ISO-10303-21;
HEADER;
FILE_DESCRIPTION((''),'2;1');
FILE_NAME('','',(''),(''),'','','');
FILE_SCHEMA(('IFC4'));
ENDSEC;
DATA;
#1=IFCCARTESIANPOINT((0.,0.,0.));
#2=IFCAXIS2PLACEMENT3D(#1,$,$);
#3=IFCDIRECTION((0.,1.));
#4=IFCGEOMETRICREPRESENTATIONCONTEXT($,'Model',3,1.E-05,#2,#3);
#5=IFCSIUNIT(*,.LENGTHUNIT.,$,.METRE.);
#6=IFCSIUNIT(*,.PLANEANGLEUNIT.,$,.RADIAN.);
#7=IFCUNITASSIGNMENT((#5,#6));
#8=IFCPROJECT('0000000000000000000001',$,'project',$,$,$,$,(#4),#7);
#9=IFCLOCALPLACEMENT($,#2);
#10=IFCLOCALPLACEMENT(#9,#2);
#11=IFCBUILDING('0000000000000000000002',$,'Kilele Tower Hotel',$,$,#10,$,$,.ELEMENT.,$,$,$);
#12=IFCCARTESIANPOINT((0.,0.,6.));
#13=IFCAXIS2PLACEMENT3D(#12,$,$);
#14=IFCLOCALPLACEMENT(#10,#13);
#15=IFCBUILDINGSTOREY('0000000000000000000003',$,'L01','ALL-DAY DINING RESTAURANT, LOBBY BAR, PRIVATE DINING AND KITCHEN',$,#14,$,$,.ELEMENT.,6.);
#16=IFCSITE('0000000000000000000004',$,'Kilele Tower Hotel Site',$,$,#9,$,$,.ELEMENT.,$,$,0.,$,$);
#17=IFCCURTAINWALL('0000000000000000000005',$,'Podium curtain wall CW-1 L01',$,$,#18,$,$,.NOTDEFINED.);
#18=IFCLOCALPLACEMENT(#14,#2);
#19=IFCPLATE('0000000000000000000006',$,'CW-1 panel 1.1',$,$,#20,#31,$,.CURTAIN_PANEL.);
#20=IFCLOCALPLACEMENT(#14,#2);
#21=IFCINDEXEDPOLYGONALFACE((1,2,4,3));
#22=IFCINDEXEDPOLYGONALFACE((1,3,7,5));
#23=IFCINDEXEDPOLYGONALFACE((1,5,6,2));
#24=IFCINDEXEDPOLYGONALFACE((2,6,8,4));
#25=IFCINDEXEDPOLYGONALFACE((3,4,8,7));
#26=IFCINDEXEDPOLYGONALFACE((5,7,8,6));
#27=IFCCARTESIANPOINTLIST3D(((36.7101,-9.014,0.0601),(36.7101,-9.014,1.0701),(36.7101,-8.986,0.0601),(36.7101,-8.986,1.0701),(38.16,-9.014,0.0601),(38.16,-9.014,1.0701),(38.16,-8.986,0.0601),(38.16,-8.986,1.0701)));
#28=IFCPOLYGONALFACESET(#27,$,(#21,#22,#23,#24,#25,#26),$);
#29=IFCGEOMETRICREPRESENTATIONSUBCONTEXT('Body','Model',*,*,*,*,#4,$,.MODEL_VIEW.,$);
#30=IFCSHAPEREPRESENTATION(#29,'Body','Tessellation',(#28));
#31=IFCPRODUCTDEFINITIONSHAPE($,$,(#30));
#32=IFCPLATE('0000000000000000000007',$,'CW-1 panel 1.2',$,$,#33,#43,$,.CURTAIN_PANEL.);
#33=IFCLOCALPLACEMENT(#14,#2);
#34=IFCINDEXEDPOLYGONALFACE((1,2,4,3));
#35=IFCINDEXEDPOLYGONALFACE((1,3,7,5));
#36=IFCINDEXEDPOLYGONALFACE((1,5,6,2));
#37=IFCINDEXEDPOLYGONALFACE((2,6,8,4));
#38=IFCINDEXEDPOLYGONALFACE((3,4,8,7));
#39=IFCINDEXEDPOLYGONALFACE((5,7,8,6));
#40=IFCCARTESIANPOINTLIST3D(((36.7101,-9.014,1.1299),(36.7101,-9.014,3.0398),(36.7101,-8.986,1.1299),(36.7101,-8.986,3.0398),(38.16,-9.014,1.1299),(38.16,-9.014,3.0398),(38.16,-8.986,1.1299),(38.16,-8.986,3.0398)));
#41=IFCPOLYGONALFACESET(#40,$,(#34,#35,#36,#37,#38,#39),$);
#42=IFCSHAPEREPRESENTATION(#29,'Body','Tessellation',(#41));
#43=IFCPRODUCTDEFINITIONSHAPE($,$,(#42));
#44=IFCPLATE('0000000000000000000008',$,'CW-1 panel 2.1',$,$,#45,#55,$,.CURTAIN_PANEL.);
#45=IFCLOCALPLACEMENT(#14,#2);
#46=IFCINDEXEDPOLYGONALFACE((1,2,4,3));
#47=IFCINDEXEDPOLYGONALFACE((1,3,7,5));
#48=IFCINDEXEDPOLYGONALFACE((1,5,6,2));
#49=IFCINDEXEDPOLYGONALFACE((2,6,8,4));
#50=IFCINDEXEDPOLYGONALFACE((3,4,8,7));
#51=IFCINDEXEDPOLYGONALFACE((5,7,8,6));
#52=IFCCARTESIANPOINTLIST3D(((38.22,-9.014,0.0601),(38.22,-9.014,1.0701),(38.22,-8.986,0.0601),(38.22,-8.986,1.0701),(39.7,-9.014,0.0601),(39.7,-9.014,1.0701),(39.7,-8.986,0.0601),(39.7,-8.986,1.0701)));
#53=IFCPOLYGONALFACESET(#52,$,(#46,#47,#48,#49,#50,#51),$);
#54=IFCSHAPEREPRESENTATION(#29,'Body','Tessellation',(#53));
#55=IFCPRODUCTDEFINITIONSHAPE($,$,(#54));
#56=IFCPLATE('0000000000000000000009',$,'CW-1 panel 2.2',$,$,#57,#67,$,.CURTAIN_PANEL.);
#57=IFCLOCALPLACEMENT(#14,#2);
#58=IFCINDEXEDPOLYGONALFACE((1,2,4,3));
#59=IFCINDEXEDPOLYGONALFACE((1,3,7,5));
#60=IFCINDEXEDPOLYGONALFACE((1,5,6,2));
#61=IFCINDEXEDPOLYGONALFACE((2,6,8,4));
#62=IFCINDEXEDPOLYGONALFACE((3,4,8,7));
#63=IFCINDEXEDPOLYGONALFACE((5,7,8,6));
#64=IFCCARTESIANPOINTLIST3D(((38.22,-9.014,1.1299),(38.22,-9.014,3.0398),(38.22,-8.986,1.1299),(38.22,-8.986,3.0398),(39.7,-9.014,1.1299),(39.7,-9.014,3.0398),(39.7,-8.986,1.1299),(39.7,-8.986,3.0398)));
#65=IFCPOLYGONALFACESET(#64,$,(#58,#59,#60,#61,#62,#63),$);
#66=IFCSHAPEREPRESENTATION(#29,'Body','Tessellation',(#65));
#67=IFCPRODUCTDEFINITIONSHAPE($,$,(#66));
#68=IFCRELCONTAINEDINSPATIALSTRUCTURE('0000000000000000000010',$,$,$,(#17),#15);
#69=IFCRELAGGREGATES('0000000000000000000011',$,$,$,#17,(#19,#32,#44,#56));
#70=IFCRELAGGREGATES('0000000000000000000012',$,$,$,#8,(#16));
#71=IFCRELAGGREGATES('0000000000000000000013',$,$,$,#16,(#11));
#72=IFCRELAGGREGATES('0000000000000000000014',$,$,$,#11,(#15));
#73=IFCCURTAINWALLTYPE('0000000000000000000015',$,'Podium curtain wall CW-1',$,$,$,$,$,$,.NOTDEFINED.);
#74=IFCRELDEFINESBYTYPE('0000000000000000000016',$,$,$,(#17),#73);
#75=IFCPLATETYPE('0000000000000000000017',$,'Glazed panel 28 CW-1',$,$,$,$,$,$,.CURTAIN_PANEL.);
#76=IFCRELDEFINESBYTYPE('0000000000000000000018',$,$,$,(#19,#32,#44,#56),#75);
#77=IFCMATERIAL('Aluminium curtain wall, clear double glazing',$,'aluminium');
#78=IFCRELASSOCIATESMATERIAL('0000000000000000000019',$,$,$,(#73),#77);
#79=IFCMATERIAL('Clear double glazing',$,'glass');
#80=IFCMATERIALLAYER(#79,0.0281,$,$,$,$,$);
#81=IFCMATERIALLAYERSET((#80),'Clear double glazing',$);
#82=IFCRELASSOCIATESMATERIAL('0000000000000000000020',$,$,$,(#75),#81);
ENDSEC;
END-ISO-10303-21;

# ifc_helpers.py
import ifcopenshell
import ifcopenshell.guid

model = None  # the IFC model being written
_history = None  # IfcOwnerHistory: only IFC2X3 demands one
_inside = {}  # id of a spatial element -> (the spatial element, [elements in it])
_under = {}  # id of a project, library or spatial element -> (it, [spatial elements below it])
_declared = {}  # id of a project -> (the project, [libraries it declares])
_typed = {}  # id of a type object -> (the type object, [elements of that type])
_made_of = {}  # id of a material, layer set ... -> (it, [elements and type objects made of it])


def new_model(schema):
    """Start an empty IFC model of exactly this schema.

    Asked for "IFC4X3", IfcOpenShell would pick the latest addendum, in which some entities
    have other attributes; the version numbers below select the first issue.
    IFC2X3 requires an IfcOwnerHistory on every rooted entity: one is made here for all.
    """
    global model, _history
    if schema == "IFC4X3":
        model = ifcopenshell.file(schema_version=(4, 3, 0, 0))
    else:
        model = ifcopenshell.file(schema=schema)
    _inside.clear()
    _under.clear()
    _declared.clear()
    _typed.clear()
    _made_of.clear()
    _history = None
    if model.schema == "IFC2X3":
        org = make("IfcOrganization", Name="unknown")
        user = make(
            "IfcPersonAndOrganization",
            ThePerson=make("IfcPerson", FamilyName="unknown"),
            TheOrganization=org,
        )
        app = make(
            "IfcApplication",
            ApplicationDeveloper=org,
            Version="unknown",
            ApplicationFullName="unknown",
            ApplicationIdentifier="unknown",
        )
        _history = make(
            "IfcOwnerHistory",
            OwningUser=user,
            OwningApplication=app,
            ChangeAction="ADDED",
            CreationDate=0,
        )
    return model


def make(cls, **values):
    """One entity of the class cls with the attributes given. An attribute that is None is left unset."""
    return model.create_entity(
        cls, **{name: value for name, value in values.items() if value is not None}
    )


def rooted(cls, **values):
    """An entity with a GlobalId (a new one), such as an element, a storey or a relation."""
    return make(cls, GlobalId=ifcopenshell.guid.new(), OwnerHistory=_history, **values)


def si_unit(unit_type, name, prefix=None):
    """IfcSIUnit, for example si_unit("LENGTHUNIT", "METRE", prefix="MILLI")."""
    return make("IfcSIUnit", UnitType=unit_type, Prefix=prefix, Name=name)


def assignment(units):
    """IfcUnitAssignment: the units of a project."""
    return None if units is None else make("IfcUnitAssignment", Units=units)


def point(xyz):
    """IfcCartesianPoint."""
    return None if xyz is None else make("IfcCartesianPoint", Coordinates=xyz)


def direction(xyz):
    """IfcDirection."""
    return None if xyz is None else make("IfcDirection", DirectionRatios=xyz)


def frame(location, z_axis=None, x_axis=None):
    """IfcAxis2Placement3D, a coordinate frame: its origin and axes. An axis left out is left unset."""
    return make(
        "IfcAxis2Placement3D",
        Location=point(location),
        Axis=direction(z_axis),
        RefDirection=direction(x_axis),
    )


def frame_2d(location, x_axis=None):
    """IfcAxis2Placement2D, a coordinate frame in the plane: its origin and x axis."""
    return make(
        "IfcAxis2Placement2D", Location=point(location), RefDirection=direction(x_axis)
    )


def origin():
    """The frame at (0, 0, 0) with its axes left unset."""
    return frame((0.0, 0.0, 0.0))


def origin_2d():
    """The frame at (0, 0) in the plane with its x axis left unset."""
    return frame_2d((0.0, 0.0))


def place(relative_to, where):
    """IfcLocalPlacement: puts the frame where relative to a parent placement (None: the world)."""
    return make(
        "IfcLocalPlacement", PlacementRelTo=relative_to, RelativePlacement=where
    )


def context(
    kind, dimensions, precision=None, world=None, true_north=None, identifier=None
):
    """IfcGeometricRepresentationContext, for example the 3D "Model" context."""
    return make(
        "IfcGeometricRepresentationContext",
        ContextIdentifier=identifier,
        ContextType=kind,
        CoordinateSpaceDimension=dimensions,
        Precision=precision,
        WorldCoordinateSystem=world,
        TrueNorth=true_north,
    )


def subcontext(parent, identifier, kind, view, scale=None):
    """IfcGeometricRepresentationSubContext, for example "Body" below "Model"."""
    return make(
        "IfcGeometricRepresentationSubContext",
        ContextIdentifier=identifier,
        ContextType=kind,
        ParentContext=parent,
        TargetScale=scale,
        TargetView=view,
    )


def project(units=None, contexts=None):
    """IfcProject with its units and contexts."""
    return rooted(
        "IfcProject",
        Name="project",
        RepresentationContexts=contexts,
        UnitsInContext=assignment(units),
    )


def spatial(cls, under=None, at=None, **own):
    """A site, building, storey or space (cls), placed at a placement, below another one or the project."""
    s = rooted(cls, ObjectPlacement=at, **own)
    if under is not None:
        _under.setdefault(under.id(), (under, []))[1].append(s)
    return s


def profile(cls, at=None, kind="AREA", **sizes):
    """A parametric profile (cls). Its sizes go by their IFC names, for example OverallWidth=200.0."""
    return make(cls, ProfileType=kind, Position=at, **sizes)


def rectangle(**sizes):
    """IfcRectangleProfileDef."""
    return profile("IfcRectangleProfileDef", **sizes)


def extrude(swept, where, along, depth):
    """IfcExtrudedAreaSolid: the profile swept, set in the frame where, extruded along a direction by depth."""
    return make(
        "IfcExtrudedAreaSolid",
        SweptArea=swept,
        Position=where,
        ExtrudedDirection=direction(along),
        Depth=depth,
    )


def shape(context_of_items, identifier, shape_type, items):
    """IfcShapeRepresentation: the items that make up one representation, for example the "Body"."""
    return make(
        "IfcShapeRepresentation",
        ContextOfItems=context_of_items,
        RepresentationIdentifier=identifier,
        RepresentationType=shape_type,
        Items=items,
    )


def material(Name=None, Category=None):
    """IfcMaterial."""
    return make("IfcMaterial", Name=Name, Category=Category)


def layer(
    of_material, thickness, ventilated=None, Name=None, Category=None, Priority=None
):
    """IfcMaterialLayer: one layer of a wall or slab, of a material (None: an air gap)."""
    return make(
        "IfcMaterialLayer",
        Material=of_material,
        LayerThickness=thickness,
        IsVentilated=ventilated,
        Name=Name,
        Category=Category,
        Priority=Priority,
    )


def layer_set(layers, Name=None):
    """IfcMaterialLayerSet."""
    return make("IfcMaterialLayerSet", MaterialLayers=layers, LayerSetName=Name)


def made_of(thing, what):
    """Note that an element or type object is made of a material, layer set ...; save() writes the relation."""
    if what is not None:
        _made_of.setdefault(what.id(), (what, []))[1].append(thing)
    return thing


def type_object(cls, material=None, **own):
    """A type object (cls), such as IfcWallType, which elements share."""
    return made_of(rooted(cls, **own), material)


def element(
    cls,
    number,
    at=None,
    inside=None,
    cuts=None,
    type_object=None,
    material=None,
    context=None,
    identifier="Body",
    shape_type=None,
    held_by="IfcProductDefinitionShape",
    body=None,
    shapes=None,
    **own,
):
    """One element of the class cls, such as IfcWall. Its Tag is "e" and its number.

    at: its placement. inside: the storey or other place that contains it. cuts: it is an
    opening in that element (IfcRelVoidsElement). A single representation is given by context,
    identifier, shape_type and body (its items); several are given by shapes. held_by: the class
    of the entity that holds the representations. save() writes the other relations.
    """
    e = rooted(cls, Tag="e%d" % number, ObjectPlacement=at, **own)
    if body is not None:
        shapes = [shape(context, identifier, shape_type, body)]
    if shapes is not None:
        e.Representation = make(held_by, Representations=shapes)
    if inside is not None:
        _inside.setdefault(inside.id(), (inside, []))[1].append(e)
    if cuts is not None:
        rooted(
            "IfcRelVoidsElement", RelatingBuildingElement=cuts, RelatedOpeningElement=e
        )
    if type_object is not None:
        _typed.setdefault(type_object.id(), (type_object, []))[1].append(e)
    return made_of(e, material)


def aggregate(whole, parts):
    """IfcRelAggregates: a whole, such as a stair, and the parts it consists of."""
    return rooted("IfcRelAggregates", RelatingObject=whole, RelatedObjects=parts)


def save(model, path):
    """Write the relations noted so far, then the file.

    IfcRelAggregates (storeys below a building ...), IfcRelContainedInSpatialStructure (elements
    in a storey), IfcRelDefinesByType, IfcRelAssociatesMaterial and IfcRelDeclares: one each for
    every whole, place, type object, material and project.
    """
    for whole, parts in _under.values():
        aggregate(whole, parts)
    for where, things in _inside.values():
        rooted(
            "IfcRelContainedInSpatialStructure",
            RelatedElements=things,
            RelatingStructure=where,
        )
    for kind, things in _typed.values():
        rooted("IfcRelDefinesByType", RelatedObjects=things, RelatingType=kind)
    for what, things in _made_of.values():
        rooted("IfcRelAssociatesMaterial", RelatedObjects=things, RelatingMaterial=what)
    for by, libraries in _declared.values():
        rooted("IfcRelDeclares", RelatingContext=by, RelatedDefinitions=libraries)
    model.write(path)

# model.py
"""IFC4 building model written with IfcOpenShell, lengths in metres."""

from ifc_helpers import new_model, si_unit, direction, frame, origin, origin_2d, place, context, subcontext, project, spatial, rectangle, extrude, material, layer, layer_set, type_object, element, aggregate, save


model = new_model("IFC4")

# Units and contexts
model_context = context("Model", 3, precision=1e-05, world=origin(), true_north=direction((0.0, 1.0)))
body_context = subcontext(model_context, "Body", "Model", "MODEL_VIEW")
ifc_project = project(units=[si_unit("LENGTHUNIT", "METRE"), si_unit("PLANEANGLEUNIT", "RADIAN")], contexts=[model_context])

# Site, building, storey
site_placement = place(None, origin())
site = spatial("IfcSite", under=ifc_project, at=site_placement, Name="Kilele Tower Hotel Site", CompositionType="ELEMENT", RefElevation=0.0)
building_placement = place(site_placement, origin())
building = spatial("IfcBuilding", under=site, at=building_placement, Name="Kilele Tower Hotel", CompositionType="ELEMENT")
storey_placement = place(building_placement, frame((0.0, 0.0, 6.0)))
storey = spatial("IfcBuildingStorey", under=building, at=storey_placement, Name="L01", Description="ALL-DAY DINING RESTAURANT, LOBBY BAR, PRIVATE DINING AND KITCHEN", CompositionType="ELEMENT", Elevation=6.0)

# Curtain wall
ifc_material_1 = material(Name="Aluminium curtain wall, clear double glazing", Category="aluminium")
curtain_wall_type = type_object("IfcCurtainWallType", Name="Podium curtain wall CW-1", PredefinedType="NOTDEFINED", material=ifc_material_1)
curtain_wall_1_placement = place(storey_placement, origin())
curtain_wall_1 = element("IfcCurtainWall", 1, at=curtain_wall_1_placement, inside=storey, type_object=curtain_wall_type, Name="Podium curtain wall CW-1 L01", PredefinedType="NOTDEFINED")

# Plates
ifc_material_2 = material(Name="Clear double glazing", Category="glass")
ifc_layer = layer(ifc_material_2, 0.0281)
ifc_layer_set = layer_set([ifc_layer], Name="Clear double glazing")
plate_type = type_object("IfcPlateType", Name="Glazed panel 28 CW-1", PredefinedType="CURTAIN_PANEL", material=ifc_layer_set)
plate_1_placement = place(storey_placement, frame((37.4351, -9.0, 0.0601), z_axis=(0.0, 0.0, 1.0), x_axis=(1.0, 0.0, 0.0)))
plate_1 = element("IfcPlate", 2, at=plate_1_placement, type_object=plate_type, Name="CW-1 panel 1.1", PredefinedType="CURTAIN_PANEL", context=body_context, shape_type="SweptSolid", body=[
    extrude(rectangle(XDim=1.45, YDim=0.0281, at=origin_2d()), origin(), (0.0, 0.0, 1.0), 1.01),
])
plate_2_placement = place(storey_placement, frame((37.4351, -9.0, 1.1299), z_axis=(0.0, 0.0, 1.0), x_axis=(1.0, 0.0, 0.0)))
plate_2 = element("IfcPlate", 3, at=plate_2_placement, type_object=plate_type, Name="CW-1 panel 1.2", PredefinedType="CURTAIN_PANEL", context=body_context, shape_type="SweptSolid", body=[
    extrude(rectangle(XDim=1.45, YDim=0.0281, at=origin_2d()), origin(), (0.0, 0.0, 1.0), 1.9099),
])
plate_3_placement = place(storey_placement, frame((38.96, -9.0, 0.0601), z_axis=(0.0, 0.0, 1.0), x_axis=(1.0, 0.0, 0.0)))
plate_3 = element("IfcPlate", 4, at=plate_3_placement, type_object=plate_type, Name="CW-1 panel 2.1", PredefinedType="CURTAIN_PANEL", context=body_context, shape_type="SweptSolid", body=[
    extrude(rectangle(XDim=1.48, YDim=0.0281, at=origin_2d()), origin(), (0.0, 0.0, 1.0), 1.01),
])
plate_4_placement = place(storey_placement, frame((38.96, -9.0, 1.1299), z_axis=(0.0, 0.0, 1.0), x_axis=(1.0, 0.0, 0.0)))
plate_4 = element("IfcPlate", 5, at=plate_4_placement, type_object=plate_type, Name="CW-1 panel 2.2", PredefinedType="CURTAIN_PANEL", context=body_context, shape_type="SweptSolid", body=[
    extrude(rectangle(XDim=1.48, YDim=0.0281, at=origin_2d()), origin(), (0.0, 0.0, 1.0), 1.9099),
])
aggregate(curtain_wall_1, [plate_1, plate_2, plate_3, plate_4])

save(model, "model.ifc")
